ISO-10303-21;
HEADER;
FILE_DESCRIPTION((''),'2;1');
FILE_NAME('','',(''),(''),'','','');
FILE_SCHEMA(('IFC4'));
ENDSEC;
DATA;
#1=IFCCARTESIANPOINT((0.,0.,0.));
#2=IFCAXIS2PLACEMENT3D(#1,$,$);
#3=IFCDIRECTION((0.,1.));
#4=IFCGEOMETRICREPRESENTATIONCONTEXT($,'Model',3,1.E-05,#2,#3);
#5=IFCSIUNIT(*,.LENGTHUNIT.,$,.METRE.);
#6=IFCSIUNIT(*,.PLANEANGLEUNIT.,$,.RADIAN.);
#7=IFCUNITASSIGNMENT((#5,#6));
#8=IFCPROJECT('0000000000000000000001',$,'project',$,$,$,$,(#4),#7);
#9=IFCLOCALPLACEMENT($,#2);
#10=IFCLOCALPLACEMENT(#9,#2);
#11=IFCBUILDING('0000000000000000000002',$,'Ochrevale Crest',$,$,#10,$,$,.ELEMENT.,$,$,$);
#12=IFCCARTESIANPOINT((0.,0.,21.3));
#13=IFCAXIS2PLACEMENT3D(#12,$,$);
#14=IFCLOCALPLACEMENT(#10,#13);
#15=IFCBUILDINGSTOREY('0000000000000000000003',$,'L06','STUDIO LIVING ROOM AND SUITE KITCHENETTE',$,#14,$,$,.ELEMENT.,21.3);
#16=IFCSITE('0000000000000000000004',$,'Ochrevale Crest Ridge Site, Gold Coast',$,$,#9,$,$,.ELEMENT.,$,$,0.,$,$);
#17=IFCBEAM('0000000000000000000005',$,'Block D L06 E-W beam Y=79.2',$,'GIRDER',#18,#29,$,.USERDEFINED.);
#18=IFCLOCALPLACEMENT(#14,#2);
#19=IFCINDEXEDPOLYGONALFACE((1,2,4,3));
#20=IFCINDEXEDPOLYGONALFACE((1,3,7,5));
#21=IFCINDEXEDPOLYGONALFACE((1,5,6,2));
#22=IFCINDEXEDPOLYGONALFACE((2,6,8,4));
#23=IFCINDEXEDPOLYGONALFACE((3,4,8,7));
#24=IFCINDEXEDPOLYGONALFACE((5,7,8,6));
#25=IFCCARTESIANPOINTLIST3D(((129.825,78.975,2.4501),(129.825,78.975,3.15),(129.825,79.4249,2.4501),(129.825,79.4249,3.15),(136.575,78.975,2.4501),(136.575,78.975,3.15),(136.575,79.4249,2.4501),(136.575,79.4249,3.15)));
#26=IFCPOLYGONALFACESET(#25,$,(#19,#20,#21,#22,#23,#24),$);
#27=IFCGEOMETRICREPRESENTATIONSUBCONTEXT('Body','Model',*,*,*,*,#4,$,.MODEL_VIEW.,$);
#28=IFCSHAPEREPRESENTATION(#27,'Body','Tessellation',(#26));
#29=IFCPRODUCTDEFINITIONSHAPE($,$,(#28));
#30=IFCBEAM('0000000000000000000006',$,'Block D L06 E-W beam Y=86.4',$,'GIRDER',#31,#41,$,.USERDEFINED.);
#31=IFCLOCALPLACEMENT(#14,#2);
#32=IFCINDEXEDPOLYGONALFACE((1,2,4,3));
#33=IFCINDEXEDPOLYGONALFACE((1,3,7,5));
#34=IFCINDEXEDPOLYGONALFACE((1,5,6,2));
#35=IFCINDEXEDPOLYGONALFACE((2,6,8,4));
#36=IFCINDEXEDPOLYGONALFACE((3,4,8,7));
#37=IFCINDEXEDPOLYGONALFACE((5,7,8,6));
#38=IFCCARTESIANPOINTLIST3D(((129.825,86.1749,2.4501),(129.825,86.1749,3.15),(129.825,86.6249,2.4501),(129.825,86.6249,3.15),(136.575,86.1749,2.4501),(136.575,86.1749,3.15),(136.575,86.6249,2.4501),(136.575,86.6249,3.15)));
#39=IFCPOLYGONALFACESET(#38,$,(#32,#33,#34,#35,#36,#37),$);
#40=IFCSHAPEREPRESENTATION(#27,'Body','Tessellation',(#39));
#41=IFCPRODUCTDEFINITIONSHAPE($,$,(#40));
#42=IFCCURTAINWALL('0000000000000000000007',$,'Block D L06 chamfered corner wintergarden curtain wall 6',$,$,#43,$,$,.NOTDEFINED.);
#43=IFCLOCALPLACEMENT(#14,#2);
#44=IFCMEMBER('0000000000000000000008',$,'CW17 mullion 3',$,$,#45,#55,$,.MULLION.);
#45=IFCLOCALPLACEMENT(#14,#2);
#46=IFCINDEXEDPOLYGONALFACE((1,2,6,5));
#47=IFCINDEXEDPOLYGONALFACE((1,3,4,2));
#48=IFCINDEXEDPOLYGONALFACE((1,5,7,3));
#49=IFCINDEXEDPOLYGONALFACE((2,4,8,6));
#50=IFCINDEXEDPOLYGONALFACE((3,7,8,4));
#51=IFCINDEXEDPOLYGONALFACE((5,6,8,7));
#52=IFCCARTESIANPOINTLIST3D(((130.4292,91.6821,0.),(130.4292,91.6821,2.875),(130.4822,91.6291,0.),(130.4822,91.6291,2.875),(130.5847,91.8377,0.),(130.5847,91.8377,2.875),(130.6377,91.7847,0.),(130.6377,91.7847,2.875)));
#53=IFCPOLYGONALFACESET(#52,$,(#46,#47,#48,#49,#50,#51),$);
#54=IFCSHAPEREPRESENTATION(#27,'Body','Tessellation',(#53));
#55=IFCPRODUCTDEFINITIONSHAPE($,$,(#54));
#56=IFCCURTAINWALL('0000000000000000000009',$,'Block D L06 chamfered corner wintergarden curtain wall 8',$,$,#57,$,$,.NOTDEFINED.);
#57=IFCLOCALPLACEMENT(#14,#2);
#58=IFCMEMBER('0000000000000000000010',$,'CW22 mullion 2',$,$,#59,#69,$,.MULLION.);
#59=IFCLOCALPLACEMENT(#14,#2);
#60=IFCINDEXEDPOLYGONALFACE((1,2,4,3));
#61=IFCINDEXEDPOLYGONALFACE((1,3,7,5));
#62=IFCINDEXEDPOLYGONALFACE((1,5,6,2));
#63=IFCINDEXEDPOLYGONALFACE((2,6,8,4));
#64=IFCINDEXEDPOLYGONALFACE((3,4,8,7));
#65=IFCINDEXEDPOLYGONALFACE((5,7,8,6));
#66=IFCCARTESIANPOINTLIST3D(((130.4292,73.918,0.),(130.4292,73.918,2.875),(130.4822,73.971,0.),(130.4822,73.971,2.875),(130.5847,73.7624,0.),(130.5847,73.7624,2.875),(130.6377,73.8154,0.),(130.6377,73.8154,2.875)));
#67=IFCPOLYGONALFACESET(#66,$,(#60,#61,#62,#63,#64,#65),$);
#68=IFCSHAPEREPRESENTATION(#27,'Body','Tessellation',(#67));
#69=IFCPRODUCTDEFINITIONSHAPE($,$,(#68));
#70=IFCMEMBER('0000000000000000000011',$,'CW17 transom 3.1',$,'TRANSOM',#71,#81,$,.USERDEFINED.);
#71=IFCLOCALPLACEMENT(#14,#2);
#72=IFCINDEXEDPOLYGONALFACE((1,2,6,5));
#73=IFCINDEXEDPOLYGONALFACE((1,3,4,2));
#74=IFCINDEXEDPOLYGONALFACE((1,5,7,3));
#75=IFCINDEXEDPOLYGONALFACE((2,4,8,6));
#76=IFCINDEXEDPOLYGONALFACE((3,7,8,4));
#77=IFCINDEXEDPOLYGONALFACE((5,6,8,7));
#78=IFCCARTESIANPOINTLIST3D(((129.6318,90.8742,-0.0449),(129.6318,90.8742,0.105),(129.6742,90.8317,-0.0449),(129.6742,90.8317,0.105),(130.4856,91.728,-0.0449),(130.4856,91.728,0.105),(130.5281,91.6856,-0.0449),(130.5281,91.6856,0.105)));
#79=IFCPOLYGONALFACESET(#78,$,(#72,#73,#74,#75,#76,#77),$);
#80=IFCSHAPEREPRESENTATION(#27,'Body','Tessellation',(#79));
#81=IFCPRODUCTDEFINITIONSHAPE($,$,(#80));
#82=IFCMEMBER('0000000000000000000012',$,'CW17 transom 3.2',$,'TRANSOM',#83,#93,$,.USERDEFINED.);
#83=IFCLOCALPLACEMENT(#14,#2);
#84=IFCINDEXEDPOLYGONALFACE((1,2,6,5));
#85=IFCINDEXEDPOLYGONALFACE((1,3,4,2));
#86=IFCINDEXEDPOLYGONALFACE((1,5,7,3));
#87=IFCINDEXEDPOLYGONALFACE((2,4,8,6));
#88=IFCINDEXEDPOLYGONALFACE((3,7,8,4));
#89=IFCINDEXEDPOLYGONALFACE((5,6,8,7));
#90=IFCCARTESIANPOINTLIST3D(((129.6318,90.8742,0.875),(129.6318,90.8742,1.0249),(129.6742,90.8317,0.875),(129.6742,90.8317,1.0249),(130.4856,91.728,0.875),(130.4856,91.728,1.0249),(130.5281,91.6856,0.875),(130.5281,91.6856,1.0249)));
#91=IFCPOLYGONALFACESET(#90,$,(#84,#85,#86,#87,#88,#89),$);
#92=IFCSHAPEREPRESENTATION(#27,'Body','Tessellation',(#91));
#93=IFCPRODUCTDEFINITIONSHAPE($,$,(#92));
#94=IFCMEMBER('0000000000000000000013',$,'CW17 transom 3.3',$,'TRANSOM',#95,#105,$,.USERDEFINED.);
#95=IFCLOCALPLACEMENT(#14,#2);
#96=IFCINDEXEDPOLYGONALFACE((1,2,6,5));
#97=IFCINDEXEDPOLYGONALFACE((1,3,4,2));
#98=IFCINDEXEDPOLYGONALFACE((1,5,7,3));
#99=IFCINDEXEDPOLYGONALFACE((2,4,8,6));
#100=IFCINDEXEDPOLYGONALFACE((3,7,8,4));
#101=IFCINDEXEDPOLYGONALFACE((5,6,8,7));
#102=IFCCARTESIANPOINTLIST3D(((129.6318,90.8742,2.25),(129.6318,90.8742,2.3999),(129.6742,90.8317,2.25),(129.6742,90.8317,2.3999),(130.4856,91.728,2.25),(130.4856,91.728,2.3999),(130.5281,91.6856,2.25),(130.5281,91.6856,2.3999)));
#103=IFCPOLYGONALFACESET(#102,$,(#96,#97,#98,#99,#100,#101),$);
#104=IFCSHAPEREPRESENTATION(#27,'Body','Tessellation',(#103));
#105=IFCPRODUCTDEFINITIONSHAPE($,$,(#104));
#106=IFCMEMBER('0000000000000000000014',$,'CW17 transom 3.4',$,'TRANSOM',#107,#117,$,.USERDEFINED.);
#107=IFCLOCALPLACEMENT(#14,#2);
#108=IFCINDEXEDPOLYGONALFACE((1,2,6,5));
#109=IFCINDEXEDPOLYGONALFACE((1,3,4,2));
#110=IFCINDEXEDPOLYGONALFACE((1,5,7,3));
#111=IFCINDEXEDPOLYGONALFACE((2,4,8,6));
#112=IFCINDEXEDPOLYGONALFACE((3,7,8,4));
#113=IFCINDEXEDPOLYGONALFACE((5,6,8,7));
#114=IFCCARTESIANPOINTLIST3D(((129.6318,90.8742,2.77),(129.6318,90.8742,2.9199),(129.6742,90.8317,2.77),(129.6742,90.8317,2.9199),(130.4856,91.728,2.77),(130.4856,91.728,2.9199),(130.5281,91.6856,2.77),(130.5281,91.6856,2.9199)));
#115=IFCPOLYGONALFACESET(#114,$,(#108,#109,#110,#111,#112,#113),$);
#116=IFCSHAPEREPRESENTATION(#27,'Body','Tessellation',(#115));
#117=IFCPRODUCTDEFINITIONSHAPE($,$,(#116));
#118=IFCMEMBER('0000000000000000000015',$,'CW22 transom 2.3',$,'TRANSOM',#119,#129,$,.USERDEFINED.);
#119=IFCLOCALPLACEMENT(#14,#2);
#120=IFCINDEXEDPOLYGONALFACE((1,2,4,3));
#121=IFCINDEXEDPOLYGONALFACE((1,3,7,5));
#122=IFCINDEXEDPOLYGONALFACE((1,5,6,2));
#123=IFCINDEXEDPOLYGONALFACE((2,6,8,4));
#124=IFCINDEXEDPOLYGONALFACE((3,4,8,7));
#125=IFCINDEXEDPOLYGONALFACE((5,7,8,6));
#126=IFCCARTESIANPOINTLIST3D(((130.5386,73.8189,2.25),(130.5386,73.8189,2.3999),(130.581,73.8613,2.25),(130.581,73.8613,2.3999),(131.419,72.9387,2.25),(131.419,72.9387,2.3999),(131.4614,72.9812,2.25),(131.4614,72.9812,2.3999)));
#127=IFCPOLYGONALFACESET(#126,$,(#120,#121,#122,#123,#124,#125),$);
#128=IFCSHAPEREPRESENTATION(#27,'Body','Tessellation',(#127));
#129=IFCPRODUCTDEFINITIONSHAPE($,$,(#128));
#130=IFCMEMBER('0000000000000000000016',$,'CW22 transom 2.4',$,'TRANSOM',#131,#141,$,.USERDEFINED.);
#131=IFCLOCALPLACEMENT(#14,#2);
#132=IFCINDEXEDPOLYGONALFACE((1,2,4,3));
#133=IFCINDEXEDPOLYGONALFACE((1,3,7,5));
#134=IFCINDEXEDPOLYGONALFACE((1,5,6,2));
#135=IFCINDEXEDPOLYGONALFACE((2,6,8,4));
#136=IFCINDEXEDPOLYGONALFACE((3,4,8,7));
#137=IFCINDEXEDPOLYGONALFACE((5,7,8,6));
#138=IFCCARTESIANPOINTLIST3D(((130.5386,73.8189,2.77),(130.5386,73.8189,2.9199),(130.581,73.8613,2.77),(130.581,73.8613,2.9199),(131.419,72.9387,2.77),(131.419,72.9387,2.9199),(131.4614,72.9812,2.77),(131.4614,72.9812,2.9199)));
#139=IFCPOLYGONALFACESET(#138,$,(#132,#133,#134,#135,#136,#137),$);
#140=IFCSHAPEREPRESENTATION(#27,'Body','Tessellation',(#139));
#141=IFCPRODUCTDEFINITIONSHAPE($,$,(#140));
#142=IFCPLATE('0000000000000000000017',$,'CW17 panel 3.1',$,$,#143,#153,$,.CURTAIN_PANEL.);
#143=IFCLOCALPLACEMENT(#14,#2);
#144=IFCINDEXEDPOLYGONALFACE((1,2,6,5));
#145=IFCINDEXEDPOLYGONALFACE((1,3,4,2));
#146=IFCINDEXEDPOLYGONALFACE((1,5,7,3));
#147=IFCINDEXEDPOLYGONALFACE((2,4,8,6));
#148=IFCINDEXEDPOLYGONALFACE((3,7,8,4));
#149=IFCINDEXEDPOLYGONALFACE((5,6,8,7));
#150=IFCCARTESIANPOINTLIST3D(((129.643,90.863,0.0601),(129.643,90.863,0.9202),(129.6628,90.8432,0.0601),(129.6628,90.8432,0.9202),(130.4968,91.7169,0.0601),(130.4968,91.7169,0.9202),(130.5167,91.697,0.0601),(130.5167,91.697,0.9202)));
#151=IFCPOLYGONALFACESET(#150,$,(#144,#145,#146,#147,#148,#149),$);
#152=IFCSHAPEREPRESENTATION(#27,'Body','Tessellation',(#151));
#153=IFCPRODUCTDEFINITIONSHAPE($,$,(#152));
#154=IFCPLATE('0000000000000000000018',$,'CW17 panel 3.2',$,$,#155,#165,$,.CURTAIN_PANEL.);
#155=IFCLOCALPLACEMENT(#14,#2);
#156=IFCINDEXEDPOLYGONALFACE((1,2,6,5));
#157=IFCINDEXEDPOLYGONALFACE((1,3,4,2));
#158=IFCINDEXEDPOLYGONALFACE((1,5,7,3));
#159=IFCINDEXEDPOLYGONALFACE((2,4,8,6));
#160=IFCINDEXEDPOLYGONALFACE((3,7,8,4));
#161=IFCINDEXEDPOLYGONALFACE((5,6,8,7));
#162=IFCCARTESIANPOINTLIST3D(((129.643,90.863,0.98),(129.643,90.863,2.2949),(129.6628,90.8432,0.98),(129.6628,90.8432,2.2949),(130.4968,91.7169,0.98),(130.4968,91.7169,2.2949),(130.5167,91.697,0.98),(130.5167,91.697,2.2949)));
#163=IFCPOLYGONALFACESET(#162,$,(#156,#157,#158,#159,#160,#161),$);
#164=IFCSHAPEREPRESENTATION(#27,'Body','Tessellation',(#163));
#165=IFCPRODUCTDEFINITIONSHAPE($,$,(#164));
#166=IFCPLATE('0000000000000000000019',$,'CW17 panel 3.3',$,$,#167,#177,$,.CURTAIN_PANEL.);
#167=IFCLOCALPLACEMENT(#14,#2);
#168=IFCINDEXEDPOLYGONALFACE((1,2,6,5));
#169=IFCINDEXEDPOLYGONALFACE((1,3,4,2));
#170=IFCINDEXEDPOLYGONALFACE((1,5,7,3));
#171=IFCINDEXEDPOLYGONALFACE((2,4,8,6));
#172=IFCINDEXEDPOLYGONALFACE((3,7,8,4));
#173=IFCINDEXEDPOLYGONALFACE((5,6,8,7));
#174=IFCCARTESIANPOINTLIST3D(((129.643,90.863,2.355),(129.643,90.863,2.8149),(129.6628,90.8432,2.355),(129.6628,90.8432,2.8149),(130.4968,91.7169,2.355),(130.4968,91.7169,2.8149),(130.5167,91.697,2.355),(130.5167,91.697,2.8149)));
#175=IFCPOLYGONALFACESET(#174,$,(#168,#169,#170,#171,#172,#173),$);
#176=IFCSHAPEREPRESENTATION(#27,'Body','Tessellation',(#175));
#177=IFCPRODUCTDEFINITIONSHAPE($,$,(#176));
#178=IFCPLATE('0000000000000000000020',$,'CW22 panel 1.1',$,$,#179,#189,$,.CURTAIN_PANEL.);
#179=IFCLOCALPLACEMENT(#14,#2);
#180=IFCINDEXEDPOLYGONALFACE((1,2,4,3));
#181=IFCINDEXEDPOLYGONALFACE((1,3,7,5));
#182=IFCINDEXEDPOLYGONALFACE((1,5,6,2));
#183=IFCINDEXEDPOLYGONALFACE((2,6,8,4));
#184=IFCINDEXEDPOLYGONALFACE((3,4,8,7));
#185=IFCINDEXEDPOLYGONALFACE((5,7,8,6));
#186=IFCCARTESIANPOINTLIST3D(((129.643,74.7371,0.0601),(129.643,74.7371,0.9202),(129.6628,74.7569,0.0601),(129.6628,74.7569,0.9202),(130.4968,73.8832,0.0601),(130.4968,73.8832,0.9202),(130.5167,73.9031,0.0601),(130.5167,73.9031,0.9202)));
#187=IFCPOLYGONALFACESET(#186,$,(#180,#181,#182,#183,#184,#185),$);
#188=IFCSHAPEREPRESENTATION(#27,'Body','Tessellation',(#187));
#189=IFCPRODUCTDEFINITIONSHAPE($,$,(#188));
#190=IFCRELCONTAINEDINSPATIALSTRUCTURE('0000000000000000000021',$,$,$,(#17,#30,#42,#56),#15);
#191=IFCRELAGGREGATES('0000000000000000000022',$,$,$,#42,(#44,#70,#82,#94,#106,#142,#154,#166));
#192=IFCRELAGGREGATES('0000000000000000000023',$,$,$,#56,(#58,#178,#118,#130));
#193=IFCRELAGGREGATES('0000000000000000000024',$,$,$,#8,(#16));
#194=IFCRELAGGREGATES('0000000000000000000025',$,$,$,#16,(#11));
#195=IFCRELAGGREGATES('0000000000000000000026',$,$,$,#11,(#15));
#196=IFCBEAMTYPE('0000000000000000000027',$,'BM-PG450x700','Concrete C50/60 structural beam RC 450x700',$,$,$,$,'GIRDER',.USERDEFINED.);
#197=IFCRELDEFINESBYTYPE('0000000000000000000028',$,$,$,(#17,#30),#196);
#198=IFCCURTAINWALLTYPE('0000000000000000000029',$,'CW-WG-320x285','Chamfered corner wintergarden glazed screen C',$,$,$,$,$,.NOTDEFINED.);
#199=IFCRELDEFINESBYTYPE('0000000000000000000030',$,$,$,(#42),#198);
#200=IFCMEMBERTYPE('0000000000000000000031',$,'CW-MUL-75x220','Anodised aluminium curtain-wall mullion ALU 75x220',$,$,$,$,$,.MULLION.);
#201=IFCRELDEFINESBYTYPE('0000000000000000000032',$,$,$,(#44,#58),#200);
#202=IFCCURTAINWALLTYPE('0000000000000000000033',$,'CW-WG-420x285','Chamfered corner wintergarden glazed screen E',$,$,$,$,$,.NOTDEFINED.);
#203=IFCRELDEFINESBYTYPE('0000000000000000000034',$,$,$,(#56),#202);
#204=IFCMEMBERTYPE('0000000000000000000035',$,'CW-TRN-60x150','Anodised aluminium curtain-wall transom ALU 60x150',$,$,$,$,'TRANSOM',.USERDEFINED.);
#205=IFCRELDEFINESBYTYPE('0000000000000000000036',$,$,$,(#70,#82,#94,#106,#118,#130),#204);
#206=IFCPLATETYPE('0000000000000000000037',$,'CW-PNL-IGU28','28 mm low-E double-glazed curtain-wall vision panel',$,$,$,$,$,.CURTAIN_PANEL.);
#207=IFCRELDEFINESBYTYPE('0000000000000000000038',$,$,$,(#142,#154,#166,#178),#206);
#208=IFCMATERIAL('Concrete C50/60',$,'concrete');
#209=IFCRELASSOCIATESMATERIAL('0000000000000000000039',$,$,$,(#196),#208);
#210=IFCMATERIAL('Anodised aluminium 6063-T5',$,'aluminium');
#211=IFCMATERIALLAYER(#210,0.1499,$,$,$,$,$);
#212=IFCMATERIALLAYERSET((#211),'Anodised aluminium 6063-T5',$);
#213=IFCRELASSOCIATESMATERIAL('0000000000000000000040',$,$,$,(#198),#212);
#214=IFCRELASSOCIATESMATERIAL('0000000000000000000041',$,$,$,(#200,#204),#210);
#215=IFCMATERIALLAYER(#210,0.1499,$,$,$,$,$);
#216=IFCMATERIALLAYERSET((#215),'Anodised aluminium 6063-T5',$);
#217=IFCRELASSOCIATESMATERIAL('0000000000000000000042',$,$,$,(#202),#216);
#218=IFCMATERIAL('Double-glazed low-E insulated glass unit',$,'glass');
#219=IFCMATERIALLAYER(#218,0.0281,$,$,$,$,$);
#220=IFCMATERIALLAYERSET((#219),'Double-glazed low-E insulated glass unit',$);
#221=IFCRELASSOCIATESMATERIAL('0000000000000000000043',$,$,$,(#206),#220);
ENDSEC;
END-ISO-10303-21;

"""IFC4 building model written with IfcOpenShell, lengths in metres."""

from ifc_helpers import new_model, si_unit, direction, frame, origin, origin_2d, place, context, subcontext, project, spatial, rectangle, extrude, material, layer, layer_set, material_profile, profile_set, type_object, element, aggregate, save


model = new_model("IFC4")

# Units and contexts
model_context = context("Model", 3, precision=1e-05, world=origin(), true_north=direction((0.0, 1.0)))
body_context = subcontext(model_context, "Body", "Model", "MODEL_VIEW")
ifc_project = project(units=[si_unit("LENGTHUNIT", "METRE"), si_unit("PLANEANGLEUNIT", "RADIAN")], contexts=[model_context])

# Site, building, storey
site_placement = place(None, origin())
site = spatial("IfcSite", under=ifc_project, at=site_placement, Name="Ochrevale Crest Ridge Site, Gold Coast", CompositionType="ELEMENT", RefElevation=0.0)
building_placement = place(site_placement, origin())
building = spatial("IfcBuilding", under=site, at=building_placement, Name="Ochrevale Crest", CompositionType="ELEMENT")
storey_placement = place(building_placement, frame((0.0, 0.0, 21.3)))
storey = spatial("IfcBuildingStorey", under=building, at=storey_placement, Name="L06", Description="STUDIO LIVING ROOM AND SUITE KITCHENETTE", CompositionType="ELEMENT", Elevation=21.3)

# Beams
ifc_material_1 = material(Name="Concrete C50/60", Category="concrete")
ifc_material_profile_1 = material_profile(ifc_material_1, rectangle(XDim=0.45, YDim=0.7, at=origin_2d()), Name="RC 450x700")
ifc_profile_set_1 = profile_set([ifc_material_profile_1], Name="Concrete C50/60")
beam_type = type_object("IfcBeamType", Name="BM-PG450x700", Description="Concrete C50/60 structural beam RC 450x700", ElementType="GIRDER", PredefinedType="USERDEFINED", material=ifc_profile_set_1)
for number, where, z_axis, x_axis, name in (
    (1, (129.825, 79.2, 2.8), (1.0, 0.0, 0.0), (0.0, 1.0, 0.0), "Block D L06 E-W beam Y=79.2"),
    (2, (129.825, 86.3999, 2.8), (1.0, 0.0, 0.0), (0.0, 1.0, 0.0), "Block D L06 E-W beam Y=86.4"),
):
    element("IfcBeam", number, at=place(storey_placement, frame(where, z_axis=z_axis, x_axis=x_axis)), inside=storey, type_object=beam_type, Name=name, ObjectType="GIRDER", PredefinedType="USERDEFINED", context=body_context, shape_type="SweptSolid", body=[
        extrude(rectangle(XDim=0.45, YDim=0.7, at=origin_2d()), origin(), (0.0, 0.0, 1.0), 6.75),
    ])

# Curtain walls, members
ifc_material_2 = material(Name="Anodised aluminium 6063-T5", Category="aluminium")
ifc_layer_1 = layer(ifc_material_2, 0.1499)
ifc_layer_set_1 = layer_set([ifc_layer_1], Name="Anodised aluminium 6063-T5")
curtain_wall_type_1 = type_object("IfcCurtainWallType", Name="CW-WG-320x285", Description="Chamfered corner wintergarden glazed screen C", PredefinedType="NOTDEFINED", material=ifc_layer_set_1)
curtain_wall_1_placement = place(storey_placement, origin())
curtain_wall_1 = element("IfcCurtainWall", 3, at=curtain_wall_1_placement, inside=storey, type_object=curtain_wall_type_1, Name="Block D L06 chamfered corner wintergarden curtain wall 6", PredefinedType="NOTDEFINED")
ifc_material_profile_2 = material_profile(ifc_material_2, rectangle(XDim=0.075, YDim=0.22, at=origin_2d()), Name="ALU 75x220")
ifc_profile_set_2 = profile_set([ifc_material_profile_2], Name="Anodised aluminium 6063-T5")
member_type_1 = type_object("IfcMemberType", Name="CW-MUL-75x220", Description="Anodised aluminium curtain-wall mullion ALU 75x220", PredefinedType="MULLION", material=ifc_profile_set_2)
member_1_placement = place(storey_placement, frame((130.5334, 91.7334, 0.0), z_axis=(0.0, 0.0, 1.0), x_axis=(0.707107, -0.707107, 0.0)))
member_1 = element("IfcMember", 4, at=member_1_placement, type_object=member_type_1, Name="CW17 mullion 3", PredefinedType="MULLION", context=body_context, shape_type="SweptSolid", body=[
    extrude(rectangle(XDim=0.075, YDim=0.22, at=origin_2d()), origin(), (0.0, 0.0, 1.0), 2.875),
])
ifc_layer_2 = layer(ifc_material_2, 0.1499)
ifc_layer_set_2 = layer_set([ifc_layer_2], Name="Anodised aluminium 6063-T5")
curtain_wall_type_2 = type_object("IfcCurtainWallType", Name="CW-WG-420x285", Description="Chamfered corner wintergarden glazed screen E", PredefinedType="NOTDEFINED", material=ifc_layer_set_2)
curtain_wall_2_placement = place(storey_placement, origin())
curtain_wall_2 = element("IfcCurtainWall", 5, at=curtain_wall_2_placement, inside=storey, type_object=curtain_wall_type_2, Name="Block D L06 chamfered corner wintergarden curtain wall 8", PredefinedType="NOTDEFINED")
member_2_placement = place(storey_placement, frame((130.5334, 73.8667, 0.0), z_axis=(0.0, 0.0, 1.0), x_axis=(0.707107, 0.707107, 0.0)))
member_2 = element("IfcMember", 6, at=member_2_placement, type_object=member_type_1, Name="CW22 mullion 2", PredefinedType="MULLION", context=body_context, shape_type="SweptSolid", body=[
    extrude(rectangle(XDim=0.075, YDim=0.22, at=origin_2d()), origin(), (0.0, 0.0, 1.0), 2.875),
])

# Members
ifc_material_profile_3 = material_profile(ifc_material_2, rectangle(XDim=0.0601, YDim=0.1499, at=origin_2d()), Name="ALU 60x150")
ifc_profile_set_3 = profile_set([ifc_material_profile_3], Name="Anodised aluminium 6063-T5")
member_type_2 = type_object("IfcMemberType", Name="CW-TRN-60x150", Description="Anodised aluminium curtain-wall transom ALU 60x150", ElementType="TRANSOM", PredefinedType="USERDEFINED", material=ifc_profile_set_3)
member_3_placement = place(storey_placement, frame((130.5068, 91.7068, 0.03), z_axis=(-0.707107, -0.707107, 0.0), x_axis=(0.707107, -0.707107, 0.0)))
member_3 = element("IfcMember", 7, at=member_3_placement, type_object=member_type_2, Name="CW17 transom 3.1", ObjectType="TRANSOM", PredefinedType="USERDEFINED", context=body_context, shape_type="SweptSolid", body=[
    extrude(rectangle(XDim=0.0601, YDim=0.1499, at=origin_2d()), origin(), (0.0, 0.0, 1.0), 1.2075),
])
member_4_placement = place(storey_placement, frame((130.5068, 91.7068, 0.95), z_axis=(-0.707107, -0.707107, 0.0), x_axis=(0.707107, -0.707107, 0.0)))
member_4 = element("IfcMember", 8, at=member_4_placement, type_object=member_type_2, Name="CW17 transom 3.2", ObjectType="TRANSOM", PredefinedType="USERDEFINED", context=body_context, shape_type="SweptSolid", body=[
    extrude(rectangle(XDim=0.0601, YDim=0.1499, at=origin_2d()), origin(), (0.0, 0.0, 1.0), 1.2075),
])
member_5_placement = place(storey_placement, frame((130.5068, 91.7068, 2.325), z_axis=(-0.707107, -0.707107, 0.0), x_axis=(0.707107, -0.707107, 0.0)))
member_5 = element("IfcMember", 9, at=member_5_placement, type_object=member_type_2, Name="CW17 transom 3.3", ObjectType="TRANSOM", PredefinedType="USERDEFINED", context=body_context, shape_type="SweptSolid", body=[
    extrude(rectangle(XDim=0.0601, YDim=0.1499, at=origin_2d()), origin(), (0.0, 0.0, 1.0), 1.2075),
])
member_6_placement = place(storey_placement, frame((130.5068, 91.7068, 2.845), z_axis=(-0.707107, -0.707107, 0.0), x_axis=(0.707107, -0.707107, 0.0)))
member_6 = element("IfcMember", 10, at=member_6_placement, type_object=member_type_2, Name="CW17 transom 3.4", ObjectType="TRANSOM", PredefinedType="USERDEFINED", context=body_context, shape_type="SweptSolid", body=[
    extrude(rectangle(XDim=0.0601, YDim=0.1499, at=origin_2d()), origin(), (0.0, 0.0, 1.0), 1.2075),
])
member_7_placement = place(storey_placement, frame((130.5598, 73.8401, 2.325), z_axis=(0.707205, -0.707009, 0.0), x_axis=(0.707009, 0.707205, 0.0)))
member_7 = element("IfcMember", 11, at=member_7_placement, type_object=member_type_2, Name="CW22 transom 2.3", ObjectType="TRANSOM", PredefinedType="USERDEFINED", context=body_context, shape_type="SweptSolid", body=[
    extrude(rectangle(XDim=0.0601, YDim=0.1499, at=origin_2d()), origin(), (0.0, 0.0, 1.0), 1.2449),
])
member_8_placement = place(storey_placement, frame((130.5598, 73.8401, 2.845), z_axis=(0.707205, -0.707009, 0.0), x_axis=(0.707009, 0.707205, 0.0)))
member_8 = element("IfcMember", 12, at=member_8_placement, type_object=member_type_2, Name="CW22 transom 2.4", ObjectType="TRANSOM", PredefinedType="USERDEFINED", context=body_context, shape_type="SweptSolid", body=[
    extrude(rectangle(XDim=0.0601, YDim=0.1499, at=origin_2d()), origin(), (0.0, 0.0, 1.0), 1.2449),
])

# Plates
ifc_material_3 = material(Name="Double-glazed low-E insulated glass unit", Category="glass")
ifc_layer_3 = layer(ifc_material_3, 0.0281)
ifc_layer_set_3 = layer_set([ifc_layer_3], Name="Double-glazed low-E insulated glass unit")
plate_type = type_object("IfcPlateType", Name="CW-PNL-IGU28", Description="28 mm low-E double-glazed curtain-wall vision panel", PredefinedType="CURTAIN_PANEL", material=ifc_layer_set_3)
plate_1_placement = place(storey_placement, frame((130.0798, 91.28, 0.0601), z_axis=(0.0, 0.0, 1.0), x_axis=(-0.707107, -0.707107, 0.0)))
plate_1 = element("IfcPlate", 13, at=plate_1_placement, type_object=plate_type, Name="CW17 panel 3.1", PredefinedType="CURTAIN_PANEL", context=body_context, shape_type="SweptSolid", body=[
    extrude(rectangle(XDim=1.2075, YDim=0.0281, at=origin_2d()), origin(), (0.0, 0.0, 1.0), 0.8601),
])
plate_2_placement = place(storey_placement, frame((130.0798, 91.28, 0.98), z_axis=(0.0, 0.0, 1.0), x_axis=(-0.707107, -0.707107, 0.0)))
plate_2 = element("IfcPlate", 14, at=plate_2_placement, type_object=plate_type, Name="CW17 panel 3.2", PredefinedType="CURTAIN_PANEL", context=body_context, shape_type="SweptSolid", body=[
    extrude(rectangle(XDim=1.2075, YDim=0.0281, at=origin_2d()), origin(), (0.0, 0.0, 1.0), 1.3149),
])
plate_3_placement = place(storey_placement, frame((130.0798, 91.28, 2.355), z_axis=(0.0, 0.0, 1.0), x_axis=(-0.707107, -0.707107, 0.0)))
plate_3 = element("IfcPlate", 15, at=plate_3_placement, type_object=plate_type, Name="CW17 panel 3.3", PredefinedType="CURTAIN_PANEL", context=body_context, shape_type="SweptSolid", body=[
    extrude(rectangle(XDim=1.2075, YDim=0.0281, at=origin_2d()), origin(), (0.0, 0.0, 1.0), 0.46),
])
aggregate(curtain_wall_1, [member_1, member_3, member_4, member_5, member_6, plate_1, plate_2, plate_3])
plate_4_placement = place(storey_placement, frame((130.0798, 74.3201, 0.0601), z_axis=(0.0, 0.0, 1.0), x_axis=(0.707107, -0.707107, 0.0)))
plate_4 = element("IfcPlate", 16, at=plate_4_placement, type_object=plate_type, Name="CW22 panel 1.1", PredefinedType="CURTAIN_PANEL", context=body_context, shape_type="SweptSolid", body=[
    extrude(rectangle(XDim=1.2075, YDim=0.0281, at=origin_2d()), origin(), (0.0, 0.0, 1.0), 0.8601),
])
aggregate(curtain_wall_2, [member_2, plate_4, member_7, member_8])

save(model, "model.ifc")
